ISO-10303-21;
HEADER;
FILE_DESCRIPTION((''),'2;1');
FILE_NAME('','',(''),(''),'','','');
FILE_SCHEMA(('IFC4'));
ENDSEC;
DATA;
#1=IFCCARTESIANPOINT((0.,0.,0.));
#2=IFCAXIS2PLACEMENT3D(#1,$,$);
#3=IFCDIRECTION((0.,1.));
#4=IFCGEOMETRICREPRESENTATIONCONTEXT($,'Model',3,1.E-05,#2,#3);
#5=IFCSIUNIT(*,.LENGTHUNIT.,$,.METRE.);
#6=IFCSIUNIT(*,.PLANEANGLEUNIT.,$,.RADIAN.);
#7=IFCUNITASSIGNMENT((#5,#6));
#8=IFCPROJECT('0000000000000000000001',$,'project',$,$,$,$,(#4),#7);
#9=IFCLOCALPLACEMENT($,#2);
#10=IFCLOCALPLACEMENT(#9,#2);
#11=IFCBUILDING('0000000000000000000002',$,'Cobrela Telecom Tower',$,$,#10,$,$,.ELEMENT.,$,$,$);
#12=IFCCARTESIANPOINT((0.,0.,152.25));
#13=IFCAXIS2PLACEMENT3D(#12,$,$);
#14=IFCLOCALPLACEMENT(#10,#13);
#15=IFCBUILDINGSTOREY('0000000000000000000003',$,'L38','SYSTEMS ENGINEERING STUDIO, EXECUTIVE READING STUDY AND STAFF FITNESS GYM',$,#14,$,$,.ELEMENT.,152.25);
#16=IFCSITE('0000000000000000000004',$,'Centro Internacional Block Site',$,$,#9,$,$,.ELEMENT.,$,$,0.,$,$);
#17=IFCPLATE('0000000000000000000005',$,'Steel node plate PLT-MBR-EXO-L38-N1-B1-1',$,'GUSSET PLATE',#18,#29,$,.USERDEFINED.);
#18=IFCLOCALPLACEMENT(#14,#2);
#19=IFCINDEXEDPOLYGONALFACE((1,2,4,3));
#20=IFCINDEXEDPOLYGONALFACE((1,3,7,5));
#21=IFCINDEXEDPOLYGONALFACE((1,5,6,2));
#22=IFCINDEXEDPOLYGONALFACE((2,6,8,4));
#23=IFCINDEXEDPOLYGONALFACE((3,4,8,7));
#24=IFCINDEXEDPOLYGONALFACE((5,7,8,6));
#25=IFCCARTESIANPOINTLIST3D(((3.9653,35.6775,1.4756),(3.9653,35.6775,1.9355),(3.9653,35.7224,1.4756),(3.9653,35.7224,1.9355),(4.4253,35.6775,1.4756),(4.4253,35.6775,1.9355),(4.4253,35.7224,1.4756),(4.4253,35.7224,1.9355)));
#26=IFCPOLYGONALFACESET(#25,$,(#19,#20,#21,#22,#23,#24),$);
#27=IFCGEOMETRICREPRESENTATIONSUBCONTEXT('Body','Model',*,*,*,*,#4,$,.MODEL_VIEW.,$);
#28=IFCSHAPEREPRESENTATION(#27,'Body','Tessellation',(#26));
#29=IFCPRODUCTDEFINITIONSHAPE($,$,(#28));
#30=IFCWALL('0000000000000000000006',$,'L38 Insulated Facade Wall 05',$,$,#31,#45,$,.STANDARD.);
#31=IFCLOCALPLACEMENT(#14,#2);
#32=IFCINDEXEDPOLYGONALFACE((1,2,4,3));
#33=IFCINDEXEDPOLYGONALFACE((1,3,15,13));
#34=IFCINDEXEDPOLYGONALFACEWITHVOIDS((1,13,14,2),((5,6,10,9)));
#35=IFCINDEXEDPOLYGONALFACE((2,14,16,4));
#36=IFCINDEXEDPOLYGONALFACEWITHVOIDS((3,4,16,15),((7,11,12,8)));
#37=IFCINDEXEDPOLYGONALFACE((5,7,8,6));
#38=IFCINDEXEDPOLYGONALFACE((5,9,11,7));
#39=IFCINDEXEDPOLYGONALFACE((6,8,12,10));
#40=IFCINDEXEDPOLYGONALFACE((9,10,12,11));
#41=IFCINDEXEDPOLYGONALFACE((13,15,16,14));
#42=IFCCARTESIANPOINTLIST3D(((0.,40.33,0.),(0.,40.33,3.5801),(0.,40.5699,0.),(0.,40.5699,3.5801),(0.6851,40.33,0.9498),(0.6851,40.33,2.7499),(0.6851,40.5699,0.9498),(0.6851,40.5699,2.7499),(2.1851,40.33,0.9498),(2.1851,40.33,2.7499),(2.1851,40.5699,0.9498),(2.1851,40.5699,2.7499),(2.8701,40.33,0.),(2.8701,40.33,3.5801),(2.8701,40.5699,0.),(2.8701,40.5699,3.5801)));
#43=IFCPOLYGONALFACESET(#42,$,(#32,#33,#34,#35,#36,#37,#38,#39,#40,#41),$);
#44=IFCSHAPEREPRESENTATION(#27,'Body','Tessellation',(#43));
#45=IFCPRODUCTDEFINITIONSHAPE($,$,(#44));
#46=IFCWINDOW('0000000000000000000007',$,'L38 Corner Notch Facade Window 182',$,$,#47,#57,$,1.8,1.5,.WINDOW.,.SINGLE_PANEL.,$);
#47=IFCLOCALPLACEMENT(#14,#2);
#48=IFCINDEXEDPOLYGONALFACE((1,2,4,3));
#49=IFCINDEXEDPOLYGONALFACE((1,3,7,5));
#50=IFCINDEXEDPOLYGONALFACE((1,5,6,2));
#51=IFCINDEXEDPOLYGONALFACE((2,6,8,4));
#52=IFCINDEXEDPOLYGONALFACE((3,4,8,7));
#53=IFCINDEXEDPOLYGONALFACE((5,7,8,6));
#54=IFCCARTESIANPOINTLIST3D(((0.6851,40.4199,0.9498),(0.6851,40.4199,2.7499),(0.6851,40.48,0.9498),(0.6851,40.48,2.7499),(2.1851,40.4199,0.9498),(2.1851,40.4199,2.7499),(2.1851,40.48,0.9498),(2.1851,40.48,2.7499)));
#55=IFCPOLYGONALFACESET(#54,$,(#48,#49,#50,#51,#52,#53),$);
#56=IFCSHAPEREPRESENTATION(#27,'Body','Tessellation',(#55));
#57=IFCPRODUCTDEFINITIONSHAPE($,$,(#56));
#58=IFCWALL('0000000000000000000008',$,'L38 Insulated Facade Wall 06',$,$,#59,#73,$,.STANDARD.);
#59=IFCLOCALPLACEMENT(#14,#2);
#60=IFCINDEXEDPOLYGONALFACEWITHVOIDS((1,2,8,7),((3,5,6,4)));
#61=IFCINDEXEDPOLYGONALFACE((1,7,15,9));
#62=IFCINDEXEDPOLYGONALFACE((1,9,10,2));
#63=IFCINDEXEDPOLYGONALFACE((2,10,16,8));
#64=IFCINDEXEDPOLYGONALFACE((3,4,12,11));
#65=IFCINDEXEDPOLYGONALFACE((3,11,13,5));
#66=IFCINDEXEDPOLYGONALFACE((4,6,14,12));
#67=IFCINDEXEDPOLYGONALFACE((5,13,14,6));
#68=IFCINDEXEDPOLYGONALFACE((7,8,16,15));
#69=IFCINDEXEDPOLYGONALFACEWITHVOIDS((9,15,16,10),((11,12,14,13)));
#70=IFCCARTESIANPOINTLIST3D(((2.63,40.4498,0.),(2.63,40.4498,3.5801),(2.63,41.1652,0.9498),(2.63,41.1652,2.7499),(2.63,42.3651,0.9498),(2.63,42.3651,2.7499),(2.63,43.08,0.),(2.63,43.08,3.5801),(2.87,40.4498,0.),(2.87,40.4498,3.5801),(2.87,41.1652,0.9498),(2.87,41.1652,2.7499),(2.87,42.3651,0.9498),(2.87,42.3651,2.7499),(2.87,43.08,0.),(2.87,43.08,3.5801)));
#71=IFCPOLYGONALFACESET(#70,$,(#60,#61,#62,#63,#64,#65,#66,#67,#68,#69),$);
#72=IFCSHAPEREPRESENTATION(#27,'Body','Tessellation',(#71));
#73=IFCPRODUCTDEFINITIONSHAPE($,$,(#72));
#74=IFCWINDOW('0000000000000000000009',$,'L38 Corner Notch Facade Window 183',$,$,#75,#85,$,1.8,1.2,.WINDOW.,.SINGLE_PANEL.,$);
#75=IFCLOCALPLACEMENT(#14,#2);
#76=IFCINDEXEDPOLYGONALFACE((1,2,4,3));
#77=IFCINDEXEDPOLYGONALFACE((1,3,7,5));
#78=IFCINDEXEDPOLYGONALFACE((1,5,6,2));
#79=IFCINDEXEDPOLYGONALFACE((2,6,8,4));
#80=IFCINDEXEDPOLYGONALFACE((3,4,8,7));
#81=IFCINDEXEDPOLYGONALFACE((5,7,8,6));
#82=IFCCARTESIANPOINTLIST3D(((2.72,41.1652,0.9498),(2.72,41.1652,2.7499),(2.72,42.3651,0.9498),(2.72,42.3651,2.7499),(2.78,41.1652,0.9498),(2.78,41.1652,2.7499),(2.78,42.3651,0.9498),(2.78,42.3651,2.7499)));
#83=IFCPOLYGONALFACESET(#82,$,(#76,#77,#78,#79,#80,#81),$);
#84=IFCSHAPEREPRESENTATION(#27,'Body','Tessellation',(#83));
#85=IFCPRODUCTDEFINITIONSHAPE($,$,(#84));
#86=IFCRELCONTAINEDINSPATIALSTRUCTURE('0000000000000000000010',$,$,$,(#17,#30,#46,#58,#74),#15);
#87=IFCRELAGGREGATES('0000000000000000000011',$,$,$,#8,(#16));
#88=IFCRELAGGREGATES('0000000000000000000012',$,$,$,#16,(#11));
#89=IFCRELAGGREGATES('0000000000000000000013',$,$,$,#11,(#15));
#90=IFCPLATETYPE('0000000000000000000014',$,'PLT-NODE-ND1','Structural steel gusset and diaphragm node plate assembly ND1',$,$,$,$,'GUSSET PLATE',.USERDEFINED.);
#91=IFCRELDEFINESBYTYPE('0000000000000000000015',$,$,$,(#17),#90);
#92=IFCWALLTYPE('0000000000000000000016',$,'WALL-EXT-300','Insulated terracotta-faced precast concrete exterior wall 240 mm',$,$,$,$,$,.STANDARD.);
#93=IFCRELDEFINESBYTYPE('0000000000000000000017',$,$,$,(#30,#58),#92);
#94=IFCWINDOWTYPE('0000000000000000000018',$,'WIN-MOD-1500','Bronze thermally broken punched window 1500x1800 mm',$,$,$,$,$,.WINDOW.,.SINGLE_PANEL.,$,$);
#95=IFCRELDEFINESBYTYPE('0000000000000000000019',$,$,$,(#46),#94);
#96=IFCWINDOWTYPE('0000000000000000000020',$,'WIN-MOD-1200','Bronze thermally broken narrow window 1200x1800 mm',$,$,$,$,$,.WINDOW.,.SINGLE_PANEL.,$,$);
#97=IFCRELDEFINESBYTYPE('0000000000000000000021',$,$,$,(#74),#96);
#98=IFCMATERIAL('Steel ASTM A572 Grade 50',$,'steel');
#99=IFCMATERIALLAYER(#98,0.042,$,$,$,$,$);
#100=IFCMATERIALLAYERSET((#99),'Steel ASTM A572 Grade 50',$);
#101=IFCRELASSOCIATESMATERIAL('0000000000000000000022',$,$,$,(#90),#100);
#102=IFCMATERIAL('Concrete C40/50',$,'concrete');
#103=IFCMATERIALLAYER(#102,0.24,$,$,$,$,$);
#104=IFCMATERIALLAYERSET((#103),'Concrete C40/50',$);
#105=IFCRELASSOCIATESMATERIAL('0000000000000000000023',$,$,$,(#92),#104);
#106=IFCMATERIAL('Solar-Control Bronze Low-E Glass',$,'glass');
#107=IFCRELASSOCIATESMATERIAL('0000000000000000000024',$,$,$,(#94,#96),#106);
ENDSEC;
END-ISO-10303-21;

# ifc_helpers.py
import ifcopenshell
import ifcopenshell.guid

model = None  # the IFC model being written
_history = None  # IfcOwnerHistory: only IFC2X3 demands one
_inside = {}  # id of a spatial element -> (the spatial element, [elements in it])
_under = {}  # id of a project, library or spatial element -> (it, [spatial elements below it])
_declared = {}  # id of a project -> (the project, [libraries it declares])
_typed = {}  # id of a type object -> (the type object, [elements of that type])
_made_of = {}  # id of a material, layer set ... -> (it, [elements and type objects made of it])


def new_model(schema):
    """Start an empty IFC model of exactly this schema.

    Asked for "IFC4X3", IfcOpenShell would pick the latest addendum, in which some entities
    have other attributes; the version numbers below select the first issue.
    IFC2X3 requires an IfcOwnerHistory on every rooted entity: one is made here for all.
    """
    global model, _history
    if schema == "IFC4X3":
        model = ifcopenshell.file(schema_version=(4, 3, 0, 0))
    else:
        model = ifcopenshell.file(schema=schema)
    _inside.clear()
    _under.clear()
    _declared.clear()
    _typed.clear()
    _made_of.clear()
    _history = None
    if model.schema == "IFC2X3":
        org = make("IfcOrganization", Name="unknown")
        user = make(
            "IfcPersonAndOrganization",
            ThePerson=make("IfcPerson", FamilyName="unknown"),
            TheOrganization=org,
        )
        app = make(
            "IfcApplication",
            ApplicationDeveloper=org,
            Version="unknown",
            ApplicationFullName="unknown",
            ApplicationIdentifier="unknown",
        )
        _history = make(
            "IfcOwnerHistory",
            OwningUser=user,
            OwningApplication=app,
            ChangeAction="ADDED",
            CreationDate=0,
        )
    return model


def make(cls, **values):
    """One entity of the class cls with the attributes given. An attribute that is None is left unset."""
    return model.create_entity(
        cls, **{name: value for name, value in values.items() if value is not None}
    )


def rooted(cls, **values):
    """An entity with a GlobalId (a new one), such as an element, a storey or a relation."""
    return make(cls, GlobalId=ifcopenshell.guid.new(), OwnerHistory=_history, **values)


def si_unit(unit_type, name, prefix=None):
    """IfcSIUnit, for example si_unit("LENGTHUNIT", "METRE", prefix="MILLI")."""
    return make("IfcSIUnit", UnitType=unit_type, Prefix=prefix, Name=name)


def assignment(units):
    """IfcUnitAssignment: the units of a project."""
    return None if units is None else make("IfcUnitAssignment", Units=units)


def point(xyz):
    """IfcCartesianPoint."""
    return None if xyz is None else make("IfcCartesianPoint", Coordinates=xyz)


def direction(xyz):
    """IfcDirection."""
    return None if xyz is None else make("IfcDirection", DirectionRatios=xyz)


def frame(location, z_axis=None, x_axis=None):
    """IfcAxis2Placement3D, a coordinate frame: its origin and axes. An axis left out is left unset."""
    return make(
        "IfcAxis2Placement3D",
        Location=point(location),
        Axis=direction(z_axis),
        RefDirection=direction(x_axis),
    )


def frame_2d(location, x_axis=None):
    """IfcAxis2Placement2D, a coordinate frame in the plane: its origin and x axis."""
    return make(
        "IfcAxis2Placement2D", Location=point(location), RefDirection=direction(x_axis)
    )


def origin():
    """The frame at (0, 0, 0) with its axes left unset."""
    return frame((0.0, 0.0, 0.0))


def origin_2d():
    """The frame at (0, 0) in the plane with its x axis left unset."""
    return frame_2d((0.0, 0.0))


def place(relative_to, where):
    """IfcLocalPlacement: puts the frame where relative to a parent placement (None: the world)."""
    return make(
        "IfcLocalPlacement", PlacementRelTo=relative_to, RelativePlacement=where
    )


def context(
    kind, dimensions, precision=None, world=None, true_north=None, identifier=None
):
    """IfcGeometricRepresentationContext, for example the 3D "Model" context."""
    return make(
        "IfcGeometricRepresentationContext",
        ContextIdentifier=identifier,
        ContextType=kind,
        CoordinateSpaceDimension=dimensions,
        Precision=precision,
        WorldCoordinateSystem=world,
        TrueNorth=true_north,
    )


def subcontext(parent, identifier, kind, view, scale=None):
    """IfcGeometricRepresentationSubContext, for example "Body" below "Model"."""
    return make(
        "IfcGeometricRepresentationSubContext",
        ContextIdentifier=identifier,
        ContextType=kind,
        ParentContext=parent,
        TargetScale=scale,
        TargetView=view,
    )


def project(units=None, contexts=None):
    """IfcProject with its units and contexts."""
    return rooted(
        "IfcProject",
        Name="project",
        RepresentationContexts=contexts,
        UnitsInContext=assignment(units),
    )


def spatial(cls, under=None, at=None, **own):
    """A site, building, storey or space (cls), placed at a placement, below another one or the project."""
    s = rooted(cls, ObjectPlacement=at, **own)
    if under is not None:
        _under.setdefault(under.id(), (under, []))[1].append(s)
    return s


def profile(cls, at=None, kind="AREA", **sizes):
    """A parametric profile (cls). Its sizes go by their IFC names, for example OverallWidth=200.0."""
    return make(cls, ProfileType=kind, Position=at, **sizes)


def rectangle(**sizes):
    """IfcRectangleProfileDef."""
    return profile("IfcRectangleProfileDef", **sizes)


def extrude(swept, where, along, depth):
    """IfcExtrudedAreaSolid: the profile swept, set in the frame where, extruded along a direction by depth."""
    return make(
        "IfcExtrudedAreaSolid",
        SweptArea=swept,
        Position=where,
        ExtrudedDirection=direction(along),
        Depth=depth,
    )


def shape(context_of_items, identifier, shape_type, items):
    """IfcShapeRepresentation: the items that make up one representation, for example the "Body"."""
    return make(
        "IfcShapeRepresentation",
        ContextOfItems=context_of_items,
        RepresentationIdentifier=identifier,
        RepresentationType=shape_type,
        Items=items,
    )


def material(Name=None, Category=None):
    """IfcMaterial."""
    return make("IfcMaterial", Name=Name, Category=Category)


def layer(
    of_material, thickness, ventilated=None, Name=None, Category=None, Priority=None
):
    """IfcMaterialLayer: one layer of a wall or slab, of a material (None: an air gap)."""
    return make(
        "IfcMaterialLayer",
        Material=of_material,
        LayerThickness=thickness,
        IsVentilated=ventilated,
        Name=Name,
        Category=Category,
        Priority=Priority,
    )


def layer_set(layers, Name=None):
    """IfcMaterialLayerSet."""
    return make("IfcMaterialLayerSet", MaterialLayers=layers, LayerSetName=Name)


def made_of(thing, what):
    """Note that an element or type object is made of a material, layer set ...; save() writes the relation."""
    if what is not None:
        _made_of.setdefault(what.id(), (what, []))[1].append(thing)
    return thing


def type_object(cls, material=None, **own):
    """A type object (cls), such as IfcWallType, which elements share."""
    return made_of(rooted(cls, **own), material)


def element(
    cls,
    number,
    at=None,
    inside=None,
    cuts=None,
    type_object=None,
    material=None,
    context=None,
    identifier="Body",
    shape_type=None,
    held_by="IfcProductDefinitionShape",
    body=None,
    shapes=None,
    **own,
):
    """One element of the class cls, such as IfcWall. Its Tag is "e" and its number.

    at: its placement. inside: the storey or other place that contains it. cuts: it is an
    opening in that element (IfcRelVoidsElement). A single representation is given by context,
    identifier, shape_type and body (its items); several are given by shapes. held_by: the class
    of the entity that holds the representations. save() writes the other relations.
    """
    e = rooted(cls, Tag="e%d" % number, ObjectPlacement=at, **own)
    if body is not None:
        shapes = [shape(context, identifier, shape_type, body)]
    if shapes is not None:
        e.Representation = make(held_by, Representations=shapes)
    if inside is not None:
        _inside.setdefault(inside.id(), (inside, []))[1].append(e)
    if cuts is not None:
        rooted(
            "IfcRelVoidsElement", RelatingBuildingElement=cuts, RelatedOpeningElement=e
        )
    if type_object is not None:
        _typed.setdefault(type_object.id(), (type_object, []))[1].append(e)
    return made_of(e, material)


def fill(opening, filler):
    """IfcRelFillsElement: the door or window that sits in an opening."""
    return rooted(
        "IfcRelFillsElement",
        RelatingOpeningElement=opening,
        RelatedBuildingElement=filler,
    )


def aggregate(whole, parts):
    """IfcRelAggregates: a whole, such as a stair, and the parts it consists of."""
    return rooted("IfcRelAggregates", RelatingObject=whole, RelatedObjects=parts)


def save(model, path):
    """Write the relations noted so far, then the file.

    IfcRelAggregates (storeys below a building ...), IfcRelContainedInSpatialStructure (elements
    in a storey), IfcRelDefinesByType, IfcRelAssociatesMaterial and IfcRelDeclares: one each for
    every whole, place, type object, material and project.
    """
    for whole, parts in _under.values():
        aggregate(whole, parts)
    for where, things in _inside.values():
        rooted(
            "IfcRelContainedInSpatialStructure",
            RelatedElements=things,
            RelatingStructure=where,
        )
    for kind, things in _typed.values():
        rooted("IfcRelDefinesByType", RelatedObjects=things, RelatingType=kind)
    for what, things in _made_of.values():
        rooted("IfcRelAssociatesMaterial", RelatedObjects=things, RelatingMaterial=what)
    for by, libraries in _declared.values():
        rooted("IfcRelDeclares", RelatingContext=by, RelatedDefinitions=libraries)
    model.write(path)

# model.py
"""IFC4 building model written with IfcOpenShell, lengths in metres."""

from ifc_helpers import new_model, si_unit, direction, frame, frame_2d, origin, origin_2d, place, context, subcontext, project, spatial, rectangle, extrude, material, layer, layer_set, type_object, element, fill, save


model = new_model("IFC4")

# Units and contexts
model_context = context("Model", 3, precision=1e-05, world=origin(), true_north=direction((0.0, 1.0)))
body_context = subcontext(model_context, "Body", "Model", "MODEL_VIEW")
ifc_project = project(units=[si_unit("LENGTHUNIT", "METRE"), si_unit("PLANEANGLEUNIT", "RADIAN")], contexts=[model_context])

# Site, building, storey
site_placement = place(None, origin())
site = spatial("IfcSite", under=ifc_project, at=site_placement, Name="Centro Internacional Block Site", CompositionType="ELEMENT", RefElevation=0.0)
building_placement = place(site_placement, origin())
building = spatial("IfcBuilding", under=site, at=building_placement, Name="Cobrela Telecom Tower", CompositionType="ELEMENT")
storey_placement = place(building_placement, frame((0.0, 0.0, 152.25)))
storey = spatial("IfcBuildingStorey", under=building, at=storey_placement, Name="L38", Description="SYSTEMS ENGINEERING STUDIO, EXECUTIVE READING STUDY AND STAFF FITNESS GYM", CompositionType="ELEMENT", Elevation=152.25)

# Shared definitions
ifc_material_1 = material(Name="Steel ASTM A572 Grade 50", Category="steel")

# Shared definitions
ifc_material_2 = material(Name="Solar-Control Bronze Low-E Glass", Category="glass")

# Plate
ifc_layer_1 = layer(ifc_material_1, 0.042)
ifc_layer_set_1 = layer_set([ifc_layer_1], Name="Steel ASTM A572 Grade 50")
plate_type_1 = type_object("IfcPlateType", Name="PLT-NODE-ND1", Description="Structural steel gusset and diaphragm node plate assembly ND1", ElementType="GUSSET PLATE", PredefinedType="USERDEFINED", material=ifc_layer_set_1)
for number, where, z_axis, x_axis, name in (
    (1, (4.1953, 35.7, 1.4756), (0.0, 0.0, 1.0), (-1.0, 0.0, 0.0), "Steel node plate PLT-MBR-EXO-L38-N1-B1-1"),
):
    element("IfcPlate", number, at=place(storey_placement, frame(where, z_axis=z_axis, x_axis=x_axis)), inside=storey, type_object=plate_type_1, Name=name, ObjectType="GUSSET PLATE", PredefinedType="USERDEFINED", context=body_context, shape_type="SweptSolid", body=[
        extrude(rectangle(XDim=0.46, YDim=0.0449, at=origin_2d()), origin(), (0.0, 0.0, 1.0), 0.46),
    ])

# Walls, openings, windows
ifc_material_3 = material(Name="Concrete C40/50", Category="concrete")
ifc_layer_2 = layer(ifc_material_3, 0.24)
ifc_layer_set_2 = layer_set([ifc_layer_2], Name="Concrete C40/50")
wall_type = type_object("IfcWallType", Name="WALL-EXT-300", Description="Insulated terracotta-faced precast concrete exterior wall 240 mm", PredefinedType="STANDARD", material=ifc_layer_set_2)
wall_1_placement = place(storey_placement, frame((0.0, 40.45, 0.0), z_axis=(0.0, 0.0, 1.0), x_axis=(1.0, 0.0, 0.0)))
wall_1 = element("IfcWall", 2, at=wall_1_placement, inside=storey, type_object=wall_type, Name="L38 Insulated Facade Wall 05", PredefinedType="STANDARD", context=body_context, shape_type="SweptSolid", body=[
    extrude(rectangle(XDim=2.8701, YDim=0.24, at=frame_2d((1.4351, 0.0))), origin(), (0.0, 0.0, 1.0), 3.5801),
])
opening_1_placement = place(wall_1_placement, frame((0.6851, 0.0, 0.95)))
opening_1 = element("IfcOpeningElement", 3, at=opening_1_placement, cuts=wall_1, PredefinedType="OPENING", context=body_context, shape_type="SweptSolid", body=[
    extrude(rectangle(XDim=1.5, YDim=1.8, at=frame_2d((0.75, 0.8999))), frame((0.0, 0.1318, 0.0), z_axis=(0.0, -1.0, 0.0), x_axis=(1.0, 0.0, 0.0)), (0.0, 0.0, 1.0), 0.2639),
])
window_type_1 = type_object("IfcWindowType", Name="WIN-MOD-1500", Description="Bronze thermally broken punched window 1500x1800 mm", PartitioningType="SINGLE_PANEL", PredefinedType="WINDOW", material=ifc_material_2)
window_1_placement = place(opening_1_placement, origin())
window_1 = element("IfcWindow", 4, at=window_1_placement, inside=storey, type_object=window_type_1, Name="L38 Corner Notch Facade Window 182", OverallHeight=1.8, OverallWidth=1.5, PartitioningType="SINGLE_PANEL", PredefinedType="WINDOW", context=body_context, shape_type="SweptSolid", body=[
    extrude(rectangle(XDim=1.5, YDim=1.8, at=frame_2d((0.75, 0.8999))), frame((0.0, 0.03, 0.0), z_axis=(0.0, -1.0, 0.0), x_axis=(1.0, 0.0, 0.0)), (0.0, 0.0, 1.0), 0.0601),
])
fill(opening_1, window_1)
wall_2_placement = place(storey_placement, frame((2.75, 40.45, 0.0), z_axis=(0.0, 0.0, 1.0), x_axis=(0.0, 1.0, 0.0)))
wall_2 = element("IfcWall", 5, at=wall_2_placement, inside=storey, type_object=wall_type, Name="L38 Insulated Facade Wall 06", PredefinedType="STANDARD", context=body_context, shape_type="SweptSolid", body=[
    extrude(rectangle(XDim=2.6301, YDim=0.24, at=frame_2d((1.3149, 0.0))), origin(), (0.0, 0.0, 1.0), 3.5801),
])
opening_2_placement = place(wall_2_placement, frame((0.7151, 0.0, 0.95)))
opening_2 = element("IfcOpeningElement", 6, at=opening_2_placement, cuts=wall_2, PredefinedType="OPENING", context=body_context, shape_type="SweptSolid", body=[
    extrude(rectangle(XDim=1.2, YDim=1.8, at=frame_2d((0.6001, 0.8999))), frame((0.0, 0.1318, 0.0), z_axis=(0.0, -1.0, 0.0), x_axis=(1.0, 0.0, 0.0)), (0.0, 0.0, 1.0), 0.2639),
])
window_type_2 = type_object("IfcWindowType", Name="WIN-MOD-1200", Description="Bronze thermally broken narrow window 1200x1800 mm", PartitioningType="SINGLE_PANEL", PredefinedType="WINDOW", material=ifc_material_2)
window_2_placement = place(opening_2_placement, origin())
window_2 = element("IfcWindow", 7, at=window_2_placement, inside=storey, type_object=window_type_2, Name="L38 Corner Notch Facade Window 183", OverallHeight=1.8, OverallWidth=1.2, PartitioningType="SINGLE_PANEL", PredefinedType="WINDOW", context=body_context, shape_type="SweptSolid", body=[
    extrude(rectangle(XDim=1.2, YDim=1.8, at=frame_2d((0.6001, 0.8999))), frame((0.0, 0.03, 0.0), z_axis=(0.0, -1.0, 0.0), x_axis=(1.0, 0.0, 0.0)), (0.0, 0.0, 1.0), 0.0601),
])
fill(opening_2, window_2)

save(model, "model.ifc")
